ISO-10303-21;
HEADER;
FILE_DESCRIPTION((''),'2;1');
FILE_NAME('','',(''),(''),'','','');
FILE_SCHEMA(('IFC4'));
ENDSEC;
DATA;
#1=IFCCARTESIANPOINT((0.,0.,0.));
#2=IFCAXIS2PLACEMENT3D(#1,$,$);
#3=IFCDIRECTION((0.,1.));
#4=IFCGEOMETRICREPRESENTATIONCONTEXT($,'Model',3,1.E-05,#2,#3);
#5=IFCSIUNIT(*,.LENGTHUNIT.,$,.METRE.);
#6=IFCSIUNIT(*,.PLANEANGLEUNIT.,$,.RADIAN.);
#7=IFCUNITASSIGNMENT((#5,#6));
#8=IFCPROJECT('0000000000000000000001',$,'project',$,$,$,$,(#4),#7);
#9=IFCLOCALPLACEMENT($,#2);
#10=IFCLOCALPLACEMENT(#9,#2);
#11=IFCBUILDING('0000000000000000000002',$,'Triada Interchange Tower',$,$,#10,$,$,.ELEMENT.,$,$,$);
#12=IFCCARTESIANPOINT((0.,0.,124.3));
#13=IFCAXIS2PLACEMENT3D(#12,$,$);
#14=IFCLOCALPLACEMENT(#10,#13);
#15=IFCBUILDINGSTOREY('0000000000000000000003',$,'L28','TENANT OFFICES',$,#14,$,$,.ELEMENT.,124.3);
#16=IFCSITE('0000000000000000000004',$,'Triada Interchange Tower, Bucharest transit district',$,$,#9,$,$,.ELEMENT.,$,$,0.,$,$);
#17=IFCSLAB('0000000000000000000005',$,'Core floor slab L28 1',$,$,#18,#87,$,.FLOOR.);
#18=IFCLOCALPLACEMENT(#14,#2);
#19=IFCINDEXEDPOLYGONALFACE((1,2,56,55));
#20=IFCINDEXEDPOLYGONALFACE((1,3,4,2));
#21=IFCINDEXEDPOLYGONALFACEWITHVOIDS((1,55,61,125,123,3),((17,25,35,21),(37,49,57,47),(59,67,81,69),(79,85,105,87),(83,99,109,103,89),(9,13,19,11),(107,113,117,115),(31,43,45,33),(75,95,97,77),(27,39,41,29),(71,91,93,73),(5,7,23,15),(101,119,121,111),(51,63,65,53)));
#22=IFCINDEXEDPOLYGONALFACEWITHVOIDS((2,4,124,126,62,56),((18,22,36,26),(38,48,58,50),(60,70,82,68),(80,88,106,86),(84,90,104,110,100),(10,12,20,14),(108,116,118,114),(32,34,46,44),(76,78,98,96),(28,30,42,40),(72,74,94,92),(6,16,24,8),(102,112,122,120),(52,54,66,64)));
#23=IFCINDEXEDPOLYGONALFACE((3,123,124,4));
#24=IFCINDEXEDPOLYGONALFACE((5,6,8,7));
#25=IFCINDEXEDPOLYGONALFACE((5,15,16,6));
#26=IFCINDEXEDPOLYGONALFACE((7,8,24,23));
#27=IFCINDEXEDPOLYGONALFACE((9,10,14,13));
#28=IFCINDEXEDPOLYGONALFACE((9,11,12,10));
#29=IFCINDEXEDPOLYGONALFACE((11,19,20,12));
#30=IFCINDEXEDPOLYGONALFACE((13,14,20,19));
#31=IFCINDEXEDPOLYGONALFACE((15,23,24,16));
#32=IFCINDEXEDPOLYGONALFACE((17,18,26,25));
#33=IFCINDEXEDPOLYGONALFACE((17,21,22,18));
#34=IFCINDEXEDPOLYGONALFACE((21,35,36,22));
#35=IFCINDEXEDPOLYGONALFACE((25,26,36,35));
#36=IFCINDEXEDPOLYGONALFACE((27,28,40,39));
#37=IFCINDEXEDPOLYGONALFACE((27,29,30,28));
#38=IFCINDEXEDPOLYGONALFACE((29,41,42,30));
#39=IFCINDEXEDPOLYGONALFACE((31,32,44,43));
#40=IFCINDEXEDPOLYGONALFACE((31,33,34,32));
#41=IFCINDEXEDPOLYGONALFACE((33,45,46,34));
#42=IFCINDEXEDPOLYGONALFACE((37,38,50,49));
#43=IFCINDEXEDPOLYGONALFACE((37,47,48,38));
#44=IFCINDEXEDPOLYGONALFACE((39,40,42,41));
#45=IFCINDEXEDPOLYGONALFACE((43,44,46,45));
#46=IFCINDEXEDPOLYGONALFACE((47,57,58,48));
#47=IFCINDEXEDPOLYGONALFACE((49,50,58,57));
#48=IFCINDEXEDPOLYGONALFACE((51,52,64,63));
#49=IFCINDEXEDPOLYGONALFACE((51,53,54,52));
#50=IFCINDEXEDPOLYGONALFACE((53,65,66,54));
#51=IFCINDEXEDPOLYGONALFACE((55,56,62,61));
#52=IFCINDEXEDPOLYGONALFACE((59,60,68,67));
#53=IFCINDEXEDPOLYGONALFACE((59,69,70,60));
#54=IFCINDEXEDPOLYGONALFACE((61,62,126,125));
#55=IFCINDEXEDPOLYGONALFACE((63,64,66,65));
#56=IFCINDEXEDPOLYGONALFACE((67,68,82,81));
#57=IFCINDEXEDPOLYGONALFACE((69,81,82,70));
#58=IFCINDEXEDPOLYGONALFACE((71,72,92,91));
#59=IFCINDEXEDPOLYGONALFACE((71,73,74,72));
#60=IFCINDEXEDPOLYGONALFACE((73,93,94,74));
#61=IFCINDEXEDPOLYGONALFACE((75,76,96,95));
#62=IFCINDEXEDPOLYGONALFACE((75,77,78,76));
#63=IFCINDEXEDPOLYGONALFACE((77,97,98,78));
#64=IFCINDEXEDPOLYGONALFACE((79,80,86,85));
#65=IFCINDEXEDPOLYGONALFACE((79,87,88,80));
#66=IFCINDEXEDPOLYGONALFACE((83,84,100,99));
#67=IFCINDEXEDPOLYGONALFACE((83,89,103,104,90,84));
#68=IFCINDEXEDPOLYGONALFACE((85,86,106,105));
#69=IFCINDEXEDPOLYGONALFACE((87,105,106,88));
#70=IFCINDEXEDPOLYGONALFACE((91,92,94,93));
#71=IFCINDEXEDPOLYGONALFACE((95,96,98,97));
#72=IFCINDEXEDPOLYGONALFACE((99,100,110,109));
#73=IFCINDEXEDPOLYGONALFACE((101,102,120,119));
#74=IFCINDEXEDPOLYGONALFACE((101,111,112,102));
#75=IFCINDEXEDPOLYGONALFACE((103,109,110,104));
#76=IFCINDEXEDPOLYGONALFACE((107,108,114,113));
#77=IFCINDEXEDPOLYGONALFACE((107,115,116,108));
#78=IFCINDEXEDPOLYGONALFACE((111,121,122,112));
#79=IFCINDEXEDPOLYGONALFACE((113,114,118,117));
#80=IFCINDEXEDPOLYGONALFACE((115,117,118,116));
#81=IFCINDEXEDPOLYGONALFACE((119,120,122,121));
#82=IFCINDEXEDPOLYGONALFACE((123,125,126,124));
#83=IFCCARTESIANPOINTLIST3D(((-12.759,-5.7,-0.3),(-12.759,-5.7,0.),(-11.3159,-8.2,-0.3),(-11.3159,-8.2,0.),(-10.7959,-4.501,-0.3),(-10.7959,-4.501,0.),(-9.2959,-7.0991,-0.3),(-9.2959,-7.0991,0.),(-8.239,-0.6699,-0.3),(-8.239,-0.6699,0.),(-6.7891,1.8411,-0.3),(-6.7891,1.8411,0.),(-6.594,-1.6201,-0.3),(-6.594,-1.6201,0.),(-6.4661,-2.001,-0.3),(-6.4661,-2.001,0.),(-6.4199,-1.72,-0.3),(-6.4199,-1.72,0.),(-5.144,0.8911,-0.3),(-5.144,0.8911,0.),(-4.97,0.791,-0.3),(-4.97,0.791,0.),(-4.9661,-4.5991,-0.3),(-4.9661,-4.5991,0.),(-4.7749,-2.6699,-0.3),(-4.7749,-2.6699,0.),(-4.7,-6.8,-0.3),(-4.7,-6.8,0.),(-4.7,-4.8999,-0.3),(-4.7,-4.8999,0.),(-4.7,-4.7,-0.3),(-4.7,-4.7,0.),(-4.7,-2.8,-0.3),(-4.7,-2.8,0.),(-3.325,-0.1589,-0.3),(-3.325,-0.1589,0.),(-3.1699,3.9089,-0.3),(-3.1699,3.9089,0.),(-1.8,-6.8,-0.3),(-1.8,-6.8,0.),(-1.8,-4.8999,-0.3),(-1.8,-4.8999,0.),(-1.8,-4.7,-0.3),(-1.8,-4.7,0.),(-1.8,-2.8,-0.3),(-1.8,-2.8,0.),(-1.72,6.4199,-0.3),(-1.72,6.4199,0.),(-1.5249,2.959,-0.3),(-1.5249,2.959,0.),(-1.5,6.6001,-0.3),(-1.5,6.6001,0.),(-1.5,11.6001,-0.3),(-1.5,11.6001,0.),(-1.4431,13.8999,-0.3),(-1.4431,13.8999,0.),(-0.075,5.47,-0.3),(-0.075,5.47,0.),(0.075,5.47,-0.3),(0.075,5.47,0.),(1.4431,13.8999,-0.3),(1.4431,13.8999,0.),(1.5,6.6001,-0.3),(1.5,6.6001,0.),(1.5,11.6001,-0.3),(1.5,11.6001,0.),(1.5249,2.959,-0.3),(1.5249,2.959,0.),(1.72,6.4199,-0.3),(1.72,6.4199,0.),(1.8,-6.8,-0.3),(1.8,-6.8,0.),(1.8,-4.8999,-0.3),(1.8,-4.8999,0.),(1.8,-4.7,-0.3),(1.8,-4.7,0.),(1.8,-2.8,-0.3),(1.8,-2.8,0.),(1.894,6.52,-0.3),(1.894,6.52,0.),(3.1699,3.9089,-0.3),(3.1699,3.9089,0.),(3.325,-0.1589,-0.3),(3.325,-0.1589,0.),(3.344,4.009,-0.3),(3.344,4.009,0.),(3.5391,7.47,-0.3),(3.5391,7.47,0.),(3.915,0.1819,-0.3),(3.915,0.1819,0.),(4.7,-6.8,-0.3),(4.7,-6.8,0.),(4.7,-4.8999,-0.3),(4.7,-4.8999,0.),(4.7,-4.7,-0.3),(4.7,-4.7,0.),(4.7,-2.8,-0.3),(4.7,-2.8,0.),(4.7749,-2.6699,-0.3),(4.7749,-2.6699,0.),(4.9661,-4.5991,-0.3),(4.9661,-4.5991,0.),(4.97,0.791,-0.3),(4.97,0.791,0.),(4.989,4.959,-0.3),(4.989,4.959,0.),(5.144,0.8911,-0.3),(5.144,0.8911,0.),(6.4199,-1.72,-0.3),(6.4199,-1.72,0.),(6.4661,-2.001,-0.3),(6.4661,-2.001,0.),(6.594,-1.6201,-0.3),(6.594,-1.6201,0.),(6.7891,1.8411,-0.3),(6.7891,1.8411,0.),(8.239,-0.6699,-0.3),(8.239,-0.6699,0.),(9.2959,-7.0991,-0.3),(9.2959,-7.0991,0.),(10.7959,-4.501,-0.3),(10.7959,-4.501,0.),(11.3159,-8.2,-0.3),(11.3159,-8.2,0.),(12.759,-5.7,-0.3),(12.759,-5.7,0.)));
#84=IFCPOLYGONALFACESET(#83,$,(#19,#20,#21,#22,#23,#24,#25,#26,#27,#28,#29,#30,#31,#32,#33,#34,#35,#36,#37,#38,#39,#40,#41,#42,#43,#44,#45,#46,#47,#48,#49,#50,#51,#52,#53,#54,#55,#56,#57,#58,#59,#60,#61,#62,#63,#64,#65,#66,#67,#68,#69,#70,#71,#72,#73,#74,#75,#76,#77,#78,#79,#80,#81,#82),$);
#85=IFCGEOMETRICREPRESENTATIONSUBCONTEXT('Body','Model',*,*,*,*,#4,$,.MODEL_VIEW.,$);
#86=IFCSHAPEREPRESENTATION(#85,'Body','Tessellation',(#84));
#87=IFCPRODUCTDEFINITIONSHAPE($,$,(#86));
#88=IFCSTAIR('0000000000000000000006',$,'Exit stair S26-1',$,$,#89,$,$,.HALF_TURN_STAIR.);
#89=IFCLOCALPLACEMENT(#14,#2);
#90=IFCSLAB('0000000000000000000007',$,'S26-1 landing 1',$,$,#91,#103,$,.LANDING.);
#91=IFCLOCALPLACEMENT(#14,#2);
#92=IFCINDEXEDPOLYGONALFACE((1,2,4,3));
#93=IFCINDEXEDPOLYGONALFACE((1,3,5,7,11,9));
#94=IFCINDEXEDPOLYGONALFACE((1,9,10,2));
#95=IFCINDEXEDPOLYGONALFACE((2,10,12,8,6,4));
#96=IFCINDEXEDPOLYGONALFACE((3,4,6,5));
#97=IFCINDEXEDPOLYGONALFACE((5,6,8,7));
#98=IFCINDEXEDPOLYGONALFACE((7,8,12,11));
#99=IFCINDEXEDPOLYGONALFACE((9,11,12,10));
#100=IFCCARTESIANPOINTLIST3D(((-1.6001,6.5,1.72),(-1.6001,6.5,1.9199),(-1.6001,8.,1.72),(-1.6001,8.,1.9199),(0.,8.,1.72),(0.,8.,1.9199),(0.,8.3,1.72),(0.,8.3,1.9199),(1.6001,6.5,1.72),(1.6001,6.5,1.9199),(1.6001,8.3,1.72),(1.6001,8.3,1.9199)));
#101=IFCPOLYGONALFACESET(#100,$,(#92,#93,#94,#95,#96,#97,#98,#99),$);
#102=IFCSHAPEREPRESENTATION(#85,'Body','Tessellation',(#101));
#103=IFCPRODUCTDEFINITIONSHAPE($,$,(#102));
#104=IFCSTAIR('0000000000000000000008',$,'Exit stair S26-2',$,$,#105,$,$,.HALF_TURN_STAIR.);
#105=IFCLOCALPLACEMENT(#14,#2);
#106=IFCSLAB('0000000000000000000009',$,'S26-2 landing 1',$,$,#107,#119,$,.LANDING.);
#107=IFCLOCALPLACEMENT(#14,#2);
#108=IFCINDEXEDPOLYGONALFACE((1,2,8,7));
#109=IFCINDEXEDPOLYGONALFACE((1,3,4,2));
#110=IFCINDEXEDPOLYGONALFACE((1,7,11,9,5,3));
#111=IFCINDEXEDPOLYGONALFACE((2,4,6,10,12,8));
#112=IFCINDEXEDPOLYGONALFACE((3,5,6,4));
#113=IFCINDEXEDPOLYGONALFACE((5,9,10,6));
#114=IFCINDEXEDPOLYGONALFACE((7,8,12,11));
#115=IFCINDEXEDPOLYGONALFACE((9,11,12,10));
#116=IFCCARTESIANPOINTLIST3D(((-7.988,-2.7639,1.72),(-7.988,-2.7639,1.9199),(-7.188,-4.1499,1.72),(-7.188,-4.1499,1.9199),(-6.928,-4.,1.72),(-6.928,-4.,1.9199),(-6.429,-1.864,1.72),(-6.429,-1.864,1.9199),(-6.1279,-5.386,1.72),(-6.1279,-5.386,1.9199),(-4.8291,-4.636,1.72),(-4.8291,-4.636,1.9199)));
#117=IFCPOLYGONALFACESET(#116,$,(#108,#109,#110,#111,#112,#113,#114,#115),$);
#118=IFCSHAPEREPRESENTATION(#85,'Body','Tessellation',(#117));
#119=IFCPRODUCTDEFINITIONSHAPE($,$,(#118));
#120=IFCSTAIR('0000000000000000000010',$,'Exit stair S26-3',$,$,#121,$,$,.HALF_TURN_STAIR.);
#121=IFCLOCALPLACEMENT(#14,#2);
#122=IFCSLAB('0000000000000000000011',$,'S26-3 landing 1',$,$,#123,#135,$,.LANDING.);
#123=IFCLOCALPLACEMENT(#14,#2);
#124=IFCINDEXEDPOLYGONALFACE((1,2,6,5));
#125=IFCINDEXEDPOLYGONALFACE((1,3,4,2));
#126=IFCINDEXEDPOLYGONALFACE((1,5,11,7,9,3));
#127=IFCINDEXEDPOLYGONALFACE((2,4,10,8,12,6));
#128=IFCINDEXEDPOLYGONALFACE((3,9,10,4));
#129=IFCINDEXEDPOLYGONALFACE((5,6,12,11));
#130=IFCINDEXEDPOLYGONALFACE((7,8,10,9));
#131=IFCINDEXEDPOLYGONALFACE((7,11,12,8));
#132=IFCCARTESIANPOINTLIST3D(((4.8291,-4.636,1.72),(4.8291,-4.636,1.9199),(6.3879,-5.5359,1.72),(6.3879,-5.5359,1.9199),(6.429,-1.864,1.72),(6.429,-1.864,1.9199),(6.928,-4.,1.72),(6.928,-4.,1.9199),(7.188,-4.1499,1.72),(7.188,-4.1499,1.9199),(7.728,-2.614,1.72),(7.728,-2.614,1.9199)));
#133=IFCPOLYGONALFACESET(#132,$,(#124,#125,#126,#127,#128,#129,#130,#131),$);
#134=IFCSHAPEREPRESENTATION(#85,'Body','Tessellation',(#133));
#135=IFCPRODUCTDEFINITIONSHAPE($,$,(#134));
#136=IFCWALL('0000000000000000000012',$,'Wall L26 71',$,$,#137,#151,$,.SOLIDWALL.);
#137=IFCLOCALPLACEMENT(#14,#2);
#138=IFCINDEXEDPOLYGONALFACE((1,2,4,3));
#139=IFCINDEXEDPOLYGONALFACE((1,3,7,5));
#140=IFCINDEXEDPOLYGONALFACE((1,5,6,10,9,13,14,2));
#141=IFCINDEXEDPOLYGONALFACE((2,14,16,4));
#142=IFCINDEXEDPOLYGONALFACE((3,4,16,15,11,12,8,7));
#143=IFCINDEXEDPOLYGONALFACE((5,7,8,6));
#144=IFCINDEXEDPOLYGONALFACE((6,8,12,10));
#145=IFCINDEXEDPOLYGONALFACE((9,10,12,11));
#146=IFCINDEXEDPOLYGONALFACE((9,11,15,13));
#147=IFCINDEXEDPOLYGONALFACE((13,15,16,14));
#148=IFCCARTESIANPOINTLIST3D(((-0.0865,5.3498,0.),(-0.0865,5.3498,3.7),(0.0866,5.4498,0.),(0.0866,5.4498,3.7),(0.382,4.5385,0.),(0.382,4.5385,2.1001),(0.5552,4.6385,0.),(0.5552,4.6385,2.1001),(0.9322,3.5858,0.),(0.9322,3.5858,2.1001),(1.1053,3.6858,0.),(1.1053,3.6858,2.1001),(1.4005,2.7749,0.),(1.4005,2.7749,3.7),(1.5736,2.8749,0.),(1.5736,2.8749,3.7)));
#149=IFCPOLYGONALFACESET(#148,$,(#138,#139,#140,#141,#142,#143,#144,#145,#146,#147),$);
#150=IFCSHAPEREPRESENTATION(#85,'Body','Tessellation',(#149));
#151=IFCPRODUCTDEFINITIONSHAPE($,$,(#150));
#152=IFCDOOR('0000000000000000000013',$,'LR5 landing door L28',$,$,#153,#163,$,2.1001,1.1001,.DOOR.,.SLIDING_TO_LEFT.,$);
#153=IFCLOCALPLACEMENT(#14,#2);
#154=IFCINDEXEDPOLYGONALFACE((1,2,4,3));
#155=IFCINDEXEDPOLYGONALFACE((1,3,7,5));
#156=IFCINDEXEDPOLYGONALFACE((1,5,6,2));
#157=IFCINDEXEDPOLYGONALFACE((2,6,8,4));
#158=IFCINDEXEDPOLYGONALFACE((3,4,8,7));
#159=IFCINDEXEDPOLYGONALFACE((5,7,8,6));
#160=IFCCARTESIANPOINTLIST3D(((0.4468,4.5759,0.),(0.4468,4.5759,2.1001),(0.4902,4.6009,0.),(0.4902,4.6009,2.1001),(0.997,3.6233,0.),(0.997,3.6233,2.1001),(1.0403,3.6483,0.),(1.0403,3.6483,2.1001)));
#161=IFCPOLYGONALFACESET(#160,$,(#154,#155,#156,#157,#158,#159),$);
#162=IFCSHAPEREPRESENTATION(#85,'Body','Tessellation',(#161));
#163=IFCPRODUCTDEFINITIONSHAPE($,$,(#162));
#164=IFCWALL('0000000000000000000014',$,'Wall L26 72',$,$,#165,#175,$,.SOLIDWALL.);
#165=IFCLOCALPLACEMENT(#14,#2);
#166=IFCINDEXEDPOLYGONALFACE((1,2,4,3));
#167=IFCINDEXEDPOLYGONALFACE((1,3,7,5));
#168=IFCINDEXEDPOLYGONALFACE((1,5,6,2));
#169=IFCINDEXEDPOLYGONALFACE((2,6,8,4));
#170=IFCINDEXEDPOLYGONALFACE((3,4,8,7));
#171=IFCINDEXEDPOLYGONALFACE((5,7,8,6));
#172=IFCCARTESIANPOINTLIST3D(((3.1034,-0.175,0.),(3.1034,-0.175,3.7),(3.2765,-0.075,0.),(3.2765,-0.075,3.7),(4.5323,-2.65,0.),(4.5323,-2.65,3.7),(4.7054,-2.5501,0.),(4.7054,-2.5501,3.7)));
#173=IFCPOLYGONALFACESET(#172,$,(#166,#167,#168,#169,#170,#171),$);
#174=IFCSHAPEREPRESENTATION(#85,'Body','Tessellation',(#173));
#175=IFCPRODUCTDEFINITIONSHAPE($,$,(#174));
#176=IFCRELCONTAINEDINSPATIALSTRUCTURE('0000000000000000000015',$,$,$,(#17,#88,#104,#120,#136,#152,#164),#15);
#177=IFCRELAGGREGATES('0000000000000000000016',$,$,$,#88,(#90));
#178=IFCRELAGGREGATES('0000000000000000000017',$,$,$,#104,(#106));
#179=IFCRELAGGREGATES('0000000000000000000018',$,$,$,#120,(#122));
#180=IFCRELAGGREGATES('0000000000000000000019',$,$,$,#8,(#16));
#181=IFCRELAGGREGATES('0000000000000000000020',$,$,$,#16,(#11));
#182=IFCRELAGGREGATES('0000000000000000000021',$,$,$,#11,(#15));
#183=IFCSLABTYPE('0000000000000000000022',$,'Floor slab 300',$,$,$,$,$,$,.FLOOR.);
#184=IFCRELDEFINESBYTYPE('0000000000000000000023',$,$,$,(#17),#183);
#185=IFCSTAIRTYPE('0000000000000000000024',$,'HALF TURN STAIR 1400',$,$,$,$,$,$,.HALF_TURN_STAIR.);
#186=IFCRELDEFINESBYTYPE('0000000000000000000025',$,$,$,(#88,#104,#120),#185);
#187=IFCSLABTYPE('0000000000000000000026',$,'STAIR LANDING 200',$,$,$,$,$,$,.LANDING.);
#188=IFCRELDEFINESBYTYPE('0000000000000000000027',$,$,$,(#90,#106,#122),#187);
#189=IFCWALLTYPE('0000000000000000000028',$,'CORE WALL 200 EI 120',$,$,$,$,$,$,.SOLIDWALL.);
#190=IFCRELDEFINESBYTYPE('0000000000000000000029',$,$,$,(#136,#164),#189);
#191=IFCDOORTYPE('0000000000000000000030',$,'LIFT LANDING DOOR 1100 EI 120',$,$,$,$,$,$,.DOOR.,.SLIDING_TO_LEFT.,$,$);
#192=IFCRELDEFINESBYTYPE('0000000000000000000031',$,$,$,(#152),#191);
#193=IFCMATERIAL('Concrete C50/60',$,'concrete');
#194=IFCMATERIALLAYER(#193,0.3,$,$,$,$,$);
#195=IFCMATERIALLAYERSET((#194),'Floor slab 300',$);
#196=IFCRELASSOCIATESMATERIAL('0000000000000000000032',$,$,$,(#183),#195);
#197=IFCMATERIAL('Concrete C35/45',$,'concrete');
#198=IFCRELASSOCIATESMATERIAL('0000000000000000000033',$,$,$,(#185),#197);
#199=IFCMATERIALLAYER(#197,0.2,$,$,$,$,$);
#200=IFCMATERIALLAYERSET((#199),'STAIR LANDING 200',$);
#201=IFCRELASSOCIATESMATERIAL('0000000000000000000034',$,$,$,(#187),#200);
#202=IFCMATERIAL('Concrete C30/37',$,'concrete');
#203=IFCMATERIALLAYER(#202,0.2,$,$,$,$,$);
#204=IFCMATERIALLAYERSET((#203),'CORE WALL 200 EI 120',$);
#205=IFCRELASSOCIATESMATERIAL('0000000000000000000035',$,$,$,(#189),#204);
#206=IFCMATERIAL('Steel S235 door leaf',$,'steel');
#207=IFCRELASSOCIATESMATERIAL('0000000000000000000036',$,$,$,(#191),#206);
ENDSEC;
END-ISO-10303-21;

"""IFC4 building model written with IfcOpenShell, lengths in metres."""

from ifc_helpers import new_model, si_unit, direction, frame, frame_2d, origin, place, context, subcontext, project, spatial, polyline, rectangle, outline, extrude, material, layer, layer_set, type_object, element, fill, aggregate, save


model = new_model("IFC4")

# Units and contexts
model_context = context("Model", 3, precision=1e-05, world=origin(), true_north=direction((0.0, 1.0)))
body_context = subcontext(model_context, "Body", "Model", "MODEL_VIEW")
ifc_project = project(units=[si_unit("LENGTHUNIT", "METRE"), si_unit("PLANEANGLEUNIT", "RADIAN")], contexts=[model_context])

# Site, building, storey
site_placement = place(None, origin())
site = spatial("IfcSite", under=ifc_project, at=site_placement, Name="Triada Interchange Tower, Bucharest transit district", CompositionType="ELEMENT", RefElevation=0.0)
building_placement = place(site_placement, origin())
building = spatial("IfcBuilding", under=site, at=building_placement, Name="Triada Interchange Tower", CompositionType="ELEMENT")
storey_placement = place(building_placement, frame((0.0, 0.0, 124.3)))
storey = spatial("IfcBuildingStorey", under=building, at=storey_placement, Name="L28", Description="TENANT OFFICES", CompositionType="ELEMENT", Elevation=124.3)

# Slab
ifc_material_1 = material(Name="Concrete C50/60", Category="concrete")
ifc_layer_1 = layer(ifc_material_1, 0.3)
ifc_layer_set_1 = layer_set([ifc_layer_1], Name="Floor slab 300")
slab_type_1 = type_object("IfcSlabType", Name="Floor slab 300", PredefinedType="FLOOR", material=ifc_layer_set_1)
slab_1_placement = place(storey_placement, frame((0.0, 0.0, -0.3)))
element("IfcSlab", 1, at=slab_1_placement, inside=storey, type_object=slab_type_1, Name="Core floor slab L28 1", PredefinedType="FLOOR", context=body_context, shape_type="SweptSolid", body=[
    extrude(outline(polyline([(12.759, -5.7), (11.3159, -8.2), (-11.3159, -8.2), (-12.759, -5.7), (-1.4431, 13.8999), (1.4431, 13.8999), (12.759, -5.7)]), holes=[polyline([(9.2959, -7.0991), (10.7959, -4.501), (6.4661, -2.001), (4.9661, -4.5991), (9.2959, -7.0991)]), polyline([(6.7891, 1.8411), (5.144, 0.8911), (6.594, -1.6201), (8.239, -0.6699), (6.7891, 1.8411)]), polyline([(4.7749, -2.6699), (6.4199, -1.72), (4.97, 0.791), (3.915, 0.1819), (3.325, -0.1589), (4.7749, -2.6699)]), polyline([(1.894, 6.52), (3.344, 4.009), (4.989, 4.959), (3.5391, 7.47), (1.894, 6.52)]), polyline([(4.7, -6.8), (4.7, -4.8999), (1.8, -4.8999), (1.8, -6.8), (4.7, -6.8)]), polyline([(4.7, -2.8), (1.8, -2.8), (1.8, -4.7), (4.7, -4.7), (4.7, -2.8)]), polyline([(0.075, 5.47), (1.5249, 2.959), (3.1699, 3.9089), (1.72, 6.4199), (0.075, 5.47)]), polyline([(1.5, 11.6001), (-1.5, 11.6001), (-1.5, 6.6001), (1.5, 6.6001), (1.5, 11.6001)]), polyline([(-1.5249, 2.959), (-0.075, 5.47), (-1.72, 6.4199), (-3.1699, 3.9089), (-1.5249, 2.959)]), polyline([(-1.8, -2.8), (-4.7, -2.8), (-4.7, -4.7), (-1.8, -4.7), (-1.8, -2.8)]), polyline([(-4.7, -6.8), (-1.8, -6.8), (-1.8, -4.8999), (-4.7, -4.8999), (-4.7, -6.8)]), polyline([(-4.7749, -2.6699), (-3.325, -0.1589), (-4.97, 0.791), (-6.4199, -1.72), (-4.7749, -2.6699)]), polyline([(-10.7959, -4.501), (-9.2959, -7.0991), (-4.9661, -4.5991), (-6.4661, -2.001), (-10.7959, -4.501)]), polyline([(-6.594, -1.6201), (-5.144, 0.8911), (-6.7891, 1.8411), (-8.239, -0.6699), (-6.594, -1.6201)])]), origin(), (0.0, 0.0, 1.0), 0.3),
])

# Stairs, slabs
ifc_material_2 = material(Name="Concrete C35/45", Category="concrete")
stair_type = type_object("IfcStairType", Name="HALF TURN STAIR 1400", PredefinedType="HALF_TURN_STAIR", material=ifc_material_2)
stair_1_placement = place(storey_placement, origin())
stair_1 = element("IfcStair", 2, at=stair_1_placement, inside=storey, type_object=stair_type, Name="Exit stair S26-1", PredefinedType="HALF_TURN_STAIR")
ifc_layer_2 = layer(ifc_material_2, 0.2)
ifc_layer_set_2 = layer_set([ifc_layer_2], Name="STAIR LANDING 200")
slab_type_2 = type_object("IfcSlabType", Name="STAIR LANDING 200", PredefinedType="LANDING", material=ifc_layer_set_2)
slab_2_placement = place(storey_placement, frame((0.0, 0.0, 1.72)))
slab_2 = element("IfcSlab", 3, at=slab_2_placement, type_object=slab_type_2, Name="S26-1 landing 1", PredefinedType="LANDING", context=body_context, shape_type="SweptSolid", body=[
    extrude(outline(polyline([(1.6001, 6.5), (1.6001, 8.3), (0.0, 8.3), (0.0, 8.0), (-1.6001, 8.0), (-1.6001, 6.5), (1.6001, 6.5)])), origin(), (0.0, 0.0, 1.0), 0.2),
])
aggregate(stair_1, [slab_2])
stair_2_placement = place(storey_placement, origin())
stair_2 = element("IfcStair", 4, at=stair_2_placement, inside=storey, type_object=stair_type, Name="Exit stair S26-2", PredefinedType="HALF_TURN_STAIR")
slab_3_placement = place(storey_placement, frame((0.0, 0.0, 1.72)))
slab_3 = element("IfcSlab", 5, at=slab_3_placement, type_object=slab_type_2, Name="S26-2 landing 1", PredefinedType="LANDING", context=body_context, shape_type="SweptSolid", body=[
    extrude(outline(polyline([(-6.429, -1.864), (-7.988, -2.7639), (-7.188, -4.1499), (-6.928, -4.0), (-6.1279, -5.386), (-4.8291, -4.636), (-6.429, -1.864)])), origin(), (0.0, 0.0, 1.0), 0.2),
])
aggregate(stair_2, [slab_3])
stair_3_placement = place(storey_placement, origin())
stair_3 = element("IfcStair", 6, at=stair_3_placement, inside=storey, type_object=stair_type, Name="Exit stair S26-3", PredefinedType="HALF_TURN_STAIR")
slab_4_placement = place(storey_placement, frame((0.0, 0.0, 1.72)))
slab_4 = element("IfcSlab", 7, at=slab_4_placement, type_object=slab_type_2, Name="S26-3 landing 1", PredefinedType="LANDING", context=body_context, shape_type="SweptSolid", body=[
    extrude(outline(polyline([(4.8291, -4.636), (6.3879, -5.5359), (7.188, -4.1499), (6.928, -4.0), (7.728, -2.614), (6.429, -1.864), (4.8291, -4.636)])), origin(), (0.0, 0.0, 1.0), 0.2),
])
aggregate(stair_3, [slab_4])

# Wall, opening, door
ifc_material_3 = material(Name="Concrete C30/37", Category="concrete")
ifc_layer_3 = layer(ifc_material_3, 0.2)
ifc_layer_set_3 = layer_set([ifc_layer_3], Name="CORE WALL 200 EI 120")
wall_type_1 = type_object("IfcWallType", Name="CORE WALL 200 EI 120", PredefinedType="SOLIDWALL", material=ifc_layer_set_3)
wall_1_placement = place(storey_placement, frame((0.0, 5.3999, 0.0), z_axis=(0.0, 0.0, 1.0), x_axis=(0.500104, -0.865965, 0.0)))
wall_1 = element("IfcWall", 8, at=wall_1_placement, inside=storey, type_object=wall_type_1, Name="Wall L26 71", PredefinedType="SOLIDWALL", context=body_context, shape_type="SweptSolid", body=[
    extrude(rectangle(XDim=2.9734, YDim=0.2, at=frame_2d((1.4868, 0.0))), origin(), (0.0, 0.0, 1.0), 3.7),
])
opening_1_placement = place(wall_1_placement, frame((0.937, 0.0, 0.0)))
opening_1 = element("IfcOpeningElement", 9, at=opening_1_placement, cuts=wall_1, PredefinedType="OPENING", context=body_context, shape_type="SweptSolid", body=[
    extrude(rectangle(XDim=1.1001, YDim=2.1001, at=frame_2d((0.55, 1.05))), frame((0.0, 0.1099, 0.0), z_axis=(0.0, -1.0, 0.0), x_axis=(1.0, 0.0, 0.0)), (0.0, 0.0, 1.0), 0.22),
])
ifc_material_4 = material(Name="Steel S235 door leaf", Category="steel")
door_type_1 = type_object("IfcDoorType", Name="LIFT LANDING DOOR 1100 EI 120", OperationType="SLIDING_TO_LEFT", PredefinedType="DOOR", material=ifc_material_4)
door_1_placement = place(opening_1_placement, origin())
door_1 = element("IfcDoor", 10, at=door_1_placement, inside=storey, type_object=door_type_1, Name="LR5 landing door L28", OperationType="SLIDING_TO_LEFT", OverallHeight=2.1001, OverallWidth=1.1001, PredefinedType="DOOR", context=body_context, shape_type="SweptSolid", body=[
    extrude(rectangle(XDim=1.1001, YDim=2.1001, at=frame_2d((0.55, 1.05))), frame((0.0, 0.0249, 0.0), z_axis=(0.0, -1.0, 0.0), x_axis=(1.0, 0.0, 0.0)), (0.0, 0.0, 1.0), 0.05),
])
fill(opening_1, door_1)

# Wall
wall_2_placement = place(storey_placement, frame((3.1899, -0.125, 0.0), z_axis=(0.0, 0.0, 1.0), x_axis=(0.499989, -0.866032, 0.0)))
element("IfcWall", 11, at=wall_2_placement, inside=storey, type_object=wall_type_1, Name="Wall L26 72", PredefinedType="SOLIDWALL", context=body_context, shape_type="SweptSolid", body=[
    extrude(rectangle(XDim=2.8579, YDim=0.2, at=frame_2d((1.429, 0.0))), origin(), (0.0, 0.0, 1.0), 3.7),
])

save(model, "model.ifc")
